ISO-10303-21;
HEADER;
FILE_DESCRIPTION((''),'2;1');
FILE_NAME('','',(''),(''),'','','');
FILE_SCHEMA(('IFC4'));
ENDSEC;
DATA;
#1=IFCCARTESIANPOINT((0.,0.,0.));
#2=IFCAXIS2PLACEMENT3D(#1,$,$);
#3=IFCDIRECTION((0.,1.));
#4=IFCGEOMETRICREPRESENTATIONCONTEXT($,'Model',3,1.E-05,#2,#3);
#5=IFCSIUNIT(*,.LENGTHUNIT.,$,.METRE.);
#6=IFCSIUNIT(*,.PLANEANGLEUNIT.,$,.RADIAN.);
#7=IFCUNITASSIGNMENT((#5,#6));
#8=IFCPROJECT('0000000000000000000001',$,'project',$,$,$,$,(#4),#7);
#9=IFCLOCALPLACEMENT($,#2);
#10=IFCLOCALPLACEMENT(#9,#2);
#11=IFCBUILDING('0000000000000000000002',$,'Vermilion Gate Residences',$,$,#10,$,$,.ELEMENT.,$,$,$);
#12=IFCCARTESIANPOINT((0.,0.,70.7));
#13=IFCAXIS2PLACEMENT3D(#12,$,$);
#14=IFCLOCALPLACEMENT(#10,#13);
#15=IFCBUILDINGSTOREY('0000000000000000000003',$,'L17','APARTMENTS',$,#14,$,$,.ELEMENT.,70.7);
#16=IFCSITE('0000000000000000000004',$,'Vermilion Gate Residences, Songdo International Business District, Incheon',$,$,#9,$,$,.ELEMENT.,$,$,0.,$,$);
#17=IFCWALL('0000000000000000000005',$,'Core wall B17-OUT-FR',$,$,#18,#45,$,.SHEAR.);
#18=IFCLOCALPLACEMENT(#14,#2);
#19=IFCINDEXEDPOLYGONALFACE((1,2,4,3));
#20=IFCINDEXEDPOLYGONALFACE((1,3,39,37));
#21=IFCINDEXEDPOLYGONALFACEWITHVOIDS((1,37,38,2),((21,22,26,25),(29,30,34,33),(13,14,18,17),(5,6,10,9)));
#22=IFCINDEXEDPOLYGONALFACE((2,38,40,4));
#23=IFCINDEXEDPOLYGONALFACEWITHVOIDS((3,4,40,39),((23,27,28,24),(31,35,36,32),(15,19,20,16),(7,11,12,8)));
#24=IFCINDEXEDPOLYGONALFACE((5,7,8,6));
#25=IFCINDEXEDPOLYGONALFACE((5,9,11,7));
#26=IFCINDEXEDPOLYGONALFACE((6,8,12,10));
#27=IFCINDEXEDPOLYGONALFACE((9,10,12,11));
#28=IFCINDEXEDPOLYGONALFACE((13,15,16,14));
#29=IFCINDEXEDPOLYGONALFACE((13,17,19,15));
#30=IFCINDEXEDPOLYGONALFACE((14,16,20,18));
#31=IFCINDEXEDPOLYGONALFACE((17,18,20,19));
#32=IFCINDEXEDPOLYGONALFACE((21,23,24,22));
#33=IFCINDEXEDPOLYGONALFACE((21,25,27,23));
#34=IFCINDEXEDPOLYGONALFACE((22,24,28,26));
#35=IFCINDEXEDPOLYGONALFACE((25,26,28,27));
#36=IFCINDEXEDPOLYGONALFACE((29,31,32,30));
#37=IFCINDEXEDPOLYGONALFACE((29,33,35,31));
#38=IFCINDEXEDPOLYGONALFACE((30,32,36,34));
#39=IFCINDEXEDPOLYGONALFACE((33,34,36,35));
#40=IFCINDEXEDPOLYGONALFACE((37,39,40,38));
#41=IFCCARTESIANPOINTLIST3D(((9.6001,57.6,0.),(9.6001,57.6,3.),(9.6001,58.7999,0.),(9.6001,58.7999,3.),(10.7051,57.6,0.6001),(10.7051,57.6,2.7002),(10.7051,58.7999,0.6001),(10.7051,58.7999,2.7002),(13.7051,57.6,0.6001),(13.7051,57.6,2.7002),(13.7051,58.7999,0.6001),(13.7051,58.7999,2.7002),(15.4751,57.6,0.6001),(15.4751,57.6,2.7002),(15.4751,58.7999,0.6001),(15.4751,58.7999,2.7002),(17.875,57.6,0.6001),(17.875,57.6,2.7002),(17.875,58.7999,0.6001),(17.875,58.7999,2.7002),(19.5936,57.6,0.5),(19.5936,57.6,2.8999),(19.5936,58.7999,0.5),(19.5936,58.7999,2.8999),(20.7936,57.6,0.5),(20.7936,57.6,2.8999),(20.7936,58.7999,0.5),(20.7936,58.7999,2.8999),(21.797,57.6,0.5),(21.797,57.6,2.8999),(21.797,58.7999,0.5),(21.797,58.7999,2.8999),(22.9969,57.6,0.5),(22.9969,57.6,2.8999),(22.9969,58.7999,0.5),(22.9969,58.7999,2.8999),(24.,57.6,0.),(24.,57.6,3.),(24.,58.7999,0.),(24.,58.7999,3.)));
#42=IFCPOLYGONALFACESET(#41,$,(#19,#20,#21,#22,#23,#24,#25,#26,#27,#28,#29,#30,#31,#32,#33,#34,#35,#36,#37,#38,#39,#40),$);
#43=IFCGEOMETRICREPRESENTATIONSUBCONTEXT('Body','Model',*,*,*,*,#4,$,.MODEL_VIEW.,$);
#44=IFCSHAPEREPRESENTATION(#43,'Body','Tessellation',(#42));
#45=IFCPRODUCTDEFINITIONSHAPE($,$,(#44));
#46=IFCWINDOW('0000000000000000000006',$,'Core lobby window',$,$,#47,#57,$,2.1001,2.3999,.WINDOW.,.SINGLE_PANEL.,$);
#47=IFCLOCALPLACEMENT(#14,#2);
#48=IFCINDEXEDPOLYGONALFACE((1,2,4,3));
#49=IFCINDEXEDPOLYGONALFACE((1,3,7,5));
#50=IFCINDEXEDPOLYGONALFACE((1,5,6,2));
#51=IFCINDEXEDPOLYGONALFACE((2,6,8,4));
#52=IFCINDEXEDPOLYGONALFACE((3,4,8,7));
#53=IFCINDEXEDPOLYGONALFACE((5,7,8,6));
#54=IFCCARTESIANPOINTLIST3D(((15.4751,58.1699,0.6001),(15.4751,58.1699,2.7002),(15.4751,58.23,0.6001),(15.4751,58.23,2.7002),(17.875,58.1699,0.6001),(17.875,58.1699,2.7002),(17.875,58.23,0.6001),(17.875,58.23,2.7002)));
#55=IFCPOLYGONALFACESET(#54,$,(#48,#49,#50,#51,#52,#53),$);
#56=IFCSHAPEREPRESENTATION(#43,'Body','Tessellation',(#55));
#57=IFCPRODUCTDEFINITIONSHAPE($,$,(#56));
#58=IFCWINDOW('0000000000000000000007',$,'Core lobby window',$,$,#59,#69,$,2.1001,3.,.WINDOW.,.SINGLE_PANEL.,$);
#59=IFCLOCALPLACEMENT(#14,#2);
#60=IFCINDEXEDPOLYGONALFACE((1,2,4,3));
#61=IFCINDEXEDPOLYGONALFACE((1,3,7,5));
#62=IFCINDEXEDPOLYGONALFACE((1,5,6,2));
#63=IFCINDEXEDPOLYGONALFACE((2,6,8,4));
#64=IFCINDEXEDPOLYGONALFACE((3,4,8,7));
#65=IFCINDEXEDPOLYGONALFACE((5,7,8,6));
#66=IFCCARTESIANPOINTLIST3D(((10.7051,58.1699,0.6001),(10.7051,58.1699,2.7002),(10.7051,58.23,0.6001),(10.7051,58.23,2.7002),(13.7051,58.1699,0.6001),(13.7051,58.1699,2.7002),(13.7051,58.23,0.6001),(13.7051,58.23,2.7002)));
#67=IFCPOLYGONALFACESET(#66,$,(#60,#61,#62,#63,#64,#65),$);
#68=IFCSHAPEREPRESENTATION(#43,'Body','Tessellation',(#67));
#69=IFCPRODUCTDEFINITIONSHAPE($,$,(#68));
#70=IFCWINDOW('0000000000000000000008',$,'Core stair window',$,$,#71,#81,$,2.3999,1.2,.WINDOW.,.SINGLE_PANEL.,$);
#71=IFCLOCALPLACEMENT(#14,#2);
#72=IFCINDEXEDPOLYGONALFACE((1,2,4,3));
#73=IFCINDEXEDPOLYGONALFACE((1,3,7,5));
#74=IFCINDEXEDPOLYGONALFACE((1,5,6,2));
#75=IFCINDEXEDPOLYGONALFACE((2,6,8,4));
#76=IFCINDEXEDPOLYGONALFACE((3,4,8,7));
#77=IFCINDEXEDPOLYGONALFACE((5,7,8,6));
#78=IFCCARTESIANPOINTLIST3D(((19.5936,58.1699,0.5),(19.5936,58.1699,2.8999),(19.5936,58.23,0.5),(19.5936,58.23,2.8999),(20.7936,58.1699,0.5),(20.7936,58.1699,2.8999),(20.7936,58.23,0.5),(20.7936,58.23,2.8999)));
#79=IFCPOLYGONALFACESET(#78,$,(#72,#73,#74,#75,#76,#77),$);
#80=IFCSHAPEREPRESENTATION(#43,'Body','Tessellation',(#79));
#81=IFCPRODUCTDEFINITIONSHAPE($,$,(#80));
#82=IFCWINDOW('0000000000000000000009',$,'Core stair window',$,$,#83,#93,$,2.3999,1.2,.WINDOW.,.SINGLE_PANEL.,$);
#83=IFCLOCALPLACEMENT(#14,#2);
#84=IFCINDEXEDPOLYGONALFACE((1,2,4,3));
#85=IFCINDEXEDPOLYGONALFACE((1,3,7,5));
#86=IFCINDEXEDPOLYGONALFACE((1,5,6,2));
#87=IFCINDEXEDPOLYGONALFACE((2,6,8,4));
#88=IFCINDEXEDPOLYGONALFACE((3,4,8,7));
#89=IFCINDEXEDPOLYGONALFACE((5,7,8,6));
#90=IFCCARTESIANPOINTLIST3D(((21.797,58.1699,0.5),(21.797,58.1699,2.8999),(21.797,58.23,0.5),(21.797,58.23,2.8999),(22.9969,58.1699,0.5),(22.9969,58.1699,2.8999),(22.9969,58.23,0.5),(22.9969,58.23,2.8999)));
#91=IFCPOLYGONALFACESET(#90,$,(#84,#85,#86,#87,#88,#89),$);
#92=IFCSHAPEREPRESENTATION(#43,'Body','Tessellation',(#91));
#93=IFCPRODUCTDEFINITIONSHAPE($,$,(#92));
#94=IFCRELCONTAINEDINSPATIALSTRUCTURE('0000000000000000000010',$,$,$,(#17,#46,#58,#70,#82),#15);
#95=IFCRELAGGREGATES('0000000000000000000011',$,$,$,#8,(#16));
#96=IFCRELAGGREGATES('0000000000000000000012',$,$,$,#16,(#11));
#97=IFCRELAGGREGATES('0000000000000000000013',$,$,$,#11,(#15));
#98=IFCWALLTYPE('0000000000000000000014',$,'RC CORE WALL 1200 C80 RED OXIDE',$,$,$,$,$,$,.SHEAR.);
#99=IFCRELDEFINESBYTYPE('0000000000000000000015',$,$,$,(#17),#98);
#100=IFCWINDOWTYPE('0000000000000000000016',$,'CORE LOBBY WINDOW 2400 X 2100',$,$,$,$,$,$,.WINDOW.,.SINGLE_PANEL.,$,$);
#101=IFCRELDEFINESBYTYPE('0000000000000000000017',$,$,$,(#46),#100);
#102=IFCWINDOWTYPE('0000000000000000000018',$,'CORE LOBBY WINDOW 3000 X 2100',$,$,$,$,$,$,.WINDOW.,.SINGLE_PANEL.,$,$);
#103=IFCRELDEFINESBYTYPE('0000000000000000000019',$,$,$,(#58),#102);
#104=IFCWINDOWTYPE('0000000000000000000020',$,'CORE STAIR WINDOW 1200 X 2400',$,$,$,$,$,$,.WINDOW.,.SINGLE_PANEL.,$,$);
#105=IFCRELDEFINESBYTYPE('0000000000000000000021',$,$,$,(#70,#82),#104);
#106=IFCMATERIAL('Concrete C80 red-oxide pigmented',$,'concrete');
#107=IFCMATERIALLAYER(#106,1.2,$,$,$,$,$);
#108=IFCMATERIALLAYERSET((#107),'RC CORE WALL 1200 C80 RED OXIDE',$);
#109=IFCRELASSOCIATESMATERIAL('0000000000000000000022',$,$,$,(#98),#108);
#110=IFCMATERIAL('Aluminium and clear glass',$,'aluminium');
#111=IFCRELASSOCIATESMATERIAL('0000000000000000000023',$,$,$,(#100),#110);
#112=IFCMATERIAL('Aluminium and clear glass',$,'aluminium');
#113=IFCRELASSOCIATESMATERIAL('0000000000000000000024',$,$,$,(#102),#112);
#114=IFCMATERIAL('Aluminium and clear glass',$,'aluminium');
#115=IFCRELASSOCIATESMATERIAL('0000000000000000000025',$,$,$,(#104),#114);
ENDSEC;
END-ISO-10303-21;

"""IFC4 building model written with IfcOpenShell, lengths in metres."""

from ifc_helpers import new_model, si_unit, direction, frame, frame_2d, origin, place, context, subcontext, project, spatial, rectangle, extrude, material, layer, layer_set, type_object, element, fill, save


model = new_model("IFC4")

# Units and contexts
model_context = context("Model", 3, precision=1e-05, world=origin(), true_north=direction((0.0, 1.0)))
body_context = subcontext(model_context, "Body", "Model", "MODEL_VIEW")
ifc_project = project(units=[si_unit("LENGTHUNIT", "METRE"), si_unit("PLANEANGLEUNIT", "RADIAN")], contexts=[model_context])

# Site, building, storey
site_placement = place(None, origin())
site = spatial("IfcSite", under=ifc_project, at=site_placement, Name="Vermilion Gate Residences, Songdo International Business District, Incheon", CompositionType="ELEMENT", RefElevation=0.0)
building_placement = place(site_placement, origin())
building = spatial("IfcBuilding", under=site, at=building_placement, Name="Vermilion Gate Residences", CompositionType="ELEMENT")
storey_placement = place(building_placement, frame((0.0, 0.0, 70.7)))
storey = spatial("IfcBuildingStorey", under=building, at=storey_placement, Name="L17", Description="APARTMENTS", CompositionType="ELEMENT", Elevation=70.7)

# Wall, openings, windows
ifc_material_1 = material(Name="Concrete C80 red-oxide pigmented", Category="concrete")
ifc_layer_1 = layer(ifc_material_1, 1.2)
ifc_layer_set_1 = layer_set([ifc_layer_1], Name="RC CORE WALL 1200 C80 RED OXIDE")
wall_type_1 = type_object("IfcWallType", Name="RC CORE WALL 1200 C80 RED OXIDE", PredefinedType="SHEAR", material=ifc_layer_set_1)
wall_1_placement = place(storey_placement, frame((9.6001, 58.2, 0.0), z_axis=(0.0, 0.0, 1.0), x_axis=(1.0, 0.0, 0.0)))
wall_1 = element("IfcWall", 1, at=wall_1_placement, inside=storey, type_object=wall_type_1, Name="Core wall B17-OUT-FR", PredefinedType="SHEAR", context=body_context, shape_type="SweptSolid", body=[
    extrude(rectangle(XDim=14.3999, YDim=1.2, at=frame_2d((7.2, 0.0))), origin(), (0.0, 0.0, 1.0), 3.0),
])
opening_1_placement = place(wall_1_placement, frame((1.105, 0.0, 0.6001)))
opening_1 = element("IfcOpeningElement", 2, at=opening_1_placement, cuts=wall_1, PredefinedType="OPENING", context=body_context, shape_type="SweptSolid", body=[
    extrude(rectangle(XDim=3.0, YDim=2.1001, at=frame_2d((1.5, 1.05))), frame((0.0, 0.6099, 0.0), z_axis=(0.0, -1.0, 0.0), x_axis=(1.0, 0.0, 0.0)), (0.0, 0.0, 1.0), 1.22),
])
opening_2_placement = place(wall_1_placement, frame((5.875, 0.0, 0.6001)))
opening_2 = element("IfcOpeningElement", 3, at=opening_2_placement, cuts=wall_1, PredefinedType="OPENING", context=body_context, shape_type="SweptSolid", body=[
    extrude(rectangle(XDim=2.3999, YDim=2.1001, at=frame_2d((1.2, 1.05))), frame((0.0, 0.6099, 0.0), z_axis=(0.0, -1.0, 0.0), x_axis=(1.0, 0.0, 0.0)), (0.0, 0.0, 1.0), 1.22),
])
opening_3_placement = place(wall_1_placement, frame((9.9934, 0.0, 0.5)))
opening_3 = element("IfcOpeningElement", 4, at=opening_3_placement, cuts=wall_1, PredefinedType="OPENING", context=body_context, shape_type="SweptSolid", body=[
    extrude(rectangle(XDim=1.2, YDim=2.3999, at=frame_2d((0.6001, 1.2))), frame((0.0, 0.6099, 0.0), z_axis=(0.0, -1.0, 0.0), x_axis=(1.0, 0.0, 0.0)), (0.0, 0.0, 1.0), 1.22),
])
opening_4_placement = place(wall_1_placement, frame((12.1968, 0.0, 0.5)))
opening_4 = element("IfcOpeningElement", 5, at=opening_4_placement, cuts=wall_1, PredefinedType="OPENING", context=body_context, shape_type="SweptSolid", body=[
    extrude(rectangle(XDim=1.2, YDim=2.3999, at=frame_2d((0.6001, 1.2))), frame((0.0, 0.6099, 0.0), z_axis=(0.0, -1.0, 0.0), x_axis=(1.0, 0.0, 0.0)), (0.0, 0.0, 1.0), 1.22),
])
ifc_material_2 = material(Name="Aluminium and clear glass", Category="aluminium")
window_type_1 = type_object("IfcWindowType", Name="CORE LOBBY WINDOW 2400 X 2100", PartitioningType="SINGLE_PANEL", PredefinedType="WINDOW", material=ifc_material_2)
window_1_placement = place(opening_2_placement, origin())
window_1 = element("IfcWindow", 6, at=window_1_placement, inside=storey, type_object=window_type_1, Name="Core lobby window", OverallHeight=2.1001, OverallWidth=2.3999, PartitioningType="SINGLE_PANEL", PredefinedType="WINDOW", context=body_context, shape_type="SweptSolid", body=[
    extrude(rectangle(XDim=2.3999, YDim=2.1001, at=frame_2d((1.2, 1.05))), frame((0.0, 0.03, 0.0), z_axis=(0.0, -1.0, 0.0), x_axis=(1.0, 0.0, 0.0)), (0.0, 0.0, 1.0), 0.0601),
])
fill(opening_2, window_1)
ifc_material_3 = material(Name="Aluminium and clear glass", Category="aluminium")
window_type_2 = type_object("IfcWindowType", Name="CORE LOBBY WINDOW 3000 X 2100", PartitioningType="SINGLE_PANEL", PredefinedType="WINDOW", material=ifc_material_3)
window_2_placement = place(opening_1_placement, origin())
window_2 = element("IfcWindow", 7, at=window_2_placement, inside=storey, type_object=window_type_2, Name="Core lobby window", OverallHeight=2.1001, OverallWidth=3.0, PartitioningType="SINGLE_PANEL", PredefinedType="WINDOW", context=body_context, shape_type="SweptSolid", body=[
    extrude(rectangle(XDim=3.0, YDim=2.1001, at=frame_2d((1.5, 1.05))), frame((0.0, 0.03, 0.0), z_axis=(0.0, -1.0, 0.0), x_axis=(1.0, 0.0, 0.0)), (0.0, 0.0, 1.0), 0.0601),
])
fill(opening_1, window_2)
ifc_material_4 = material(Name="Aluminium and clear glass", Category="aluminium")
window_type_3 = type_object("IfcWindowType", Name="CORE STAIR WINDOW 1200 X 2400", PartitioningType="SINGLE_PANEL", PredefinedType="WINDOW", material=ifc_material_4)
window_3_placement = place(opening_3_placement, origin())
window_3 = element("IfcWindow", 8, at=window_3_placement, inside=storey, type_object=window_type_3, Name="Core stair window", OverallHeight=2.3999, OverallWidth=1.2, PartitioningType="SINGLE_PANEL", PredefinedType="WINDOW", context=body_context, shape_type="SweptSolid", body=[
    extrude(rectangle(XDim=1.2, YDim=2.3999, at=frame_2d((0.6001, 1.2))), frame((0.0, 0.03, 0.0), z_axis=(0.0, -1.0, 0.0), x_axis=(1.0, 0.0, 0.0)), (0.0, 0.0, 1.0), 0.0601),
])
fill(opening_3, window_3)
window_4_placement = place(opening_4_placement, origin())
window_4 = element("IfcWindow", 9, at=window_4_placement, inside=storey, type_object=window_type_3, Name="Core stair window", OverallHeight=2.3999, OverallWidth=1.2, PartitioningType="SINGLE_PANEL", PredefinedType="WINDOW", context=body_context, shape_type="SweptSolid", body=[
    extrude(rectangle(XDim=1.2, YDim=2.3999, at=frame_2d((0.6001, 1.2))), frame((0.0, 0.03, 0.0), z_axis=(0.0, -1.0, 0.0), x_axis=(1.0, 0.0, 0.0)), (0.0, 0.0, 1.0), 0.0601),
])
fill(opening_4, window_4)

save(model, "model.ifc")
